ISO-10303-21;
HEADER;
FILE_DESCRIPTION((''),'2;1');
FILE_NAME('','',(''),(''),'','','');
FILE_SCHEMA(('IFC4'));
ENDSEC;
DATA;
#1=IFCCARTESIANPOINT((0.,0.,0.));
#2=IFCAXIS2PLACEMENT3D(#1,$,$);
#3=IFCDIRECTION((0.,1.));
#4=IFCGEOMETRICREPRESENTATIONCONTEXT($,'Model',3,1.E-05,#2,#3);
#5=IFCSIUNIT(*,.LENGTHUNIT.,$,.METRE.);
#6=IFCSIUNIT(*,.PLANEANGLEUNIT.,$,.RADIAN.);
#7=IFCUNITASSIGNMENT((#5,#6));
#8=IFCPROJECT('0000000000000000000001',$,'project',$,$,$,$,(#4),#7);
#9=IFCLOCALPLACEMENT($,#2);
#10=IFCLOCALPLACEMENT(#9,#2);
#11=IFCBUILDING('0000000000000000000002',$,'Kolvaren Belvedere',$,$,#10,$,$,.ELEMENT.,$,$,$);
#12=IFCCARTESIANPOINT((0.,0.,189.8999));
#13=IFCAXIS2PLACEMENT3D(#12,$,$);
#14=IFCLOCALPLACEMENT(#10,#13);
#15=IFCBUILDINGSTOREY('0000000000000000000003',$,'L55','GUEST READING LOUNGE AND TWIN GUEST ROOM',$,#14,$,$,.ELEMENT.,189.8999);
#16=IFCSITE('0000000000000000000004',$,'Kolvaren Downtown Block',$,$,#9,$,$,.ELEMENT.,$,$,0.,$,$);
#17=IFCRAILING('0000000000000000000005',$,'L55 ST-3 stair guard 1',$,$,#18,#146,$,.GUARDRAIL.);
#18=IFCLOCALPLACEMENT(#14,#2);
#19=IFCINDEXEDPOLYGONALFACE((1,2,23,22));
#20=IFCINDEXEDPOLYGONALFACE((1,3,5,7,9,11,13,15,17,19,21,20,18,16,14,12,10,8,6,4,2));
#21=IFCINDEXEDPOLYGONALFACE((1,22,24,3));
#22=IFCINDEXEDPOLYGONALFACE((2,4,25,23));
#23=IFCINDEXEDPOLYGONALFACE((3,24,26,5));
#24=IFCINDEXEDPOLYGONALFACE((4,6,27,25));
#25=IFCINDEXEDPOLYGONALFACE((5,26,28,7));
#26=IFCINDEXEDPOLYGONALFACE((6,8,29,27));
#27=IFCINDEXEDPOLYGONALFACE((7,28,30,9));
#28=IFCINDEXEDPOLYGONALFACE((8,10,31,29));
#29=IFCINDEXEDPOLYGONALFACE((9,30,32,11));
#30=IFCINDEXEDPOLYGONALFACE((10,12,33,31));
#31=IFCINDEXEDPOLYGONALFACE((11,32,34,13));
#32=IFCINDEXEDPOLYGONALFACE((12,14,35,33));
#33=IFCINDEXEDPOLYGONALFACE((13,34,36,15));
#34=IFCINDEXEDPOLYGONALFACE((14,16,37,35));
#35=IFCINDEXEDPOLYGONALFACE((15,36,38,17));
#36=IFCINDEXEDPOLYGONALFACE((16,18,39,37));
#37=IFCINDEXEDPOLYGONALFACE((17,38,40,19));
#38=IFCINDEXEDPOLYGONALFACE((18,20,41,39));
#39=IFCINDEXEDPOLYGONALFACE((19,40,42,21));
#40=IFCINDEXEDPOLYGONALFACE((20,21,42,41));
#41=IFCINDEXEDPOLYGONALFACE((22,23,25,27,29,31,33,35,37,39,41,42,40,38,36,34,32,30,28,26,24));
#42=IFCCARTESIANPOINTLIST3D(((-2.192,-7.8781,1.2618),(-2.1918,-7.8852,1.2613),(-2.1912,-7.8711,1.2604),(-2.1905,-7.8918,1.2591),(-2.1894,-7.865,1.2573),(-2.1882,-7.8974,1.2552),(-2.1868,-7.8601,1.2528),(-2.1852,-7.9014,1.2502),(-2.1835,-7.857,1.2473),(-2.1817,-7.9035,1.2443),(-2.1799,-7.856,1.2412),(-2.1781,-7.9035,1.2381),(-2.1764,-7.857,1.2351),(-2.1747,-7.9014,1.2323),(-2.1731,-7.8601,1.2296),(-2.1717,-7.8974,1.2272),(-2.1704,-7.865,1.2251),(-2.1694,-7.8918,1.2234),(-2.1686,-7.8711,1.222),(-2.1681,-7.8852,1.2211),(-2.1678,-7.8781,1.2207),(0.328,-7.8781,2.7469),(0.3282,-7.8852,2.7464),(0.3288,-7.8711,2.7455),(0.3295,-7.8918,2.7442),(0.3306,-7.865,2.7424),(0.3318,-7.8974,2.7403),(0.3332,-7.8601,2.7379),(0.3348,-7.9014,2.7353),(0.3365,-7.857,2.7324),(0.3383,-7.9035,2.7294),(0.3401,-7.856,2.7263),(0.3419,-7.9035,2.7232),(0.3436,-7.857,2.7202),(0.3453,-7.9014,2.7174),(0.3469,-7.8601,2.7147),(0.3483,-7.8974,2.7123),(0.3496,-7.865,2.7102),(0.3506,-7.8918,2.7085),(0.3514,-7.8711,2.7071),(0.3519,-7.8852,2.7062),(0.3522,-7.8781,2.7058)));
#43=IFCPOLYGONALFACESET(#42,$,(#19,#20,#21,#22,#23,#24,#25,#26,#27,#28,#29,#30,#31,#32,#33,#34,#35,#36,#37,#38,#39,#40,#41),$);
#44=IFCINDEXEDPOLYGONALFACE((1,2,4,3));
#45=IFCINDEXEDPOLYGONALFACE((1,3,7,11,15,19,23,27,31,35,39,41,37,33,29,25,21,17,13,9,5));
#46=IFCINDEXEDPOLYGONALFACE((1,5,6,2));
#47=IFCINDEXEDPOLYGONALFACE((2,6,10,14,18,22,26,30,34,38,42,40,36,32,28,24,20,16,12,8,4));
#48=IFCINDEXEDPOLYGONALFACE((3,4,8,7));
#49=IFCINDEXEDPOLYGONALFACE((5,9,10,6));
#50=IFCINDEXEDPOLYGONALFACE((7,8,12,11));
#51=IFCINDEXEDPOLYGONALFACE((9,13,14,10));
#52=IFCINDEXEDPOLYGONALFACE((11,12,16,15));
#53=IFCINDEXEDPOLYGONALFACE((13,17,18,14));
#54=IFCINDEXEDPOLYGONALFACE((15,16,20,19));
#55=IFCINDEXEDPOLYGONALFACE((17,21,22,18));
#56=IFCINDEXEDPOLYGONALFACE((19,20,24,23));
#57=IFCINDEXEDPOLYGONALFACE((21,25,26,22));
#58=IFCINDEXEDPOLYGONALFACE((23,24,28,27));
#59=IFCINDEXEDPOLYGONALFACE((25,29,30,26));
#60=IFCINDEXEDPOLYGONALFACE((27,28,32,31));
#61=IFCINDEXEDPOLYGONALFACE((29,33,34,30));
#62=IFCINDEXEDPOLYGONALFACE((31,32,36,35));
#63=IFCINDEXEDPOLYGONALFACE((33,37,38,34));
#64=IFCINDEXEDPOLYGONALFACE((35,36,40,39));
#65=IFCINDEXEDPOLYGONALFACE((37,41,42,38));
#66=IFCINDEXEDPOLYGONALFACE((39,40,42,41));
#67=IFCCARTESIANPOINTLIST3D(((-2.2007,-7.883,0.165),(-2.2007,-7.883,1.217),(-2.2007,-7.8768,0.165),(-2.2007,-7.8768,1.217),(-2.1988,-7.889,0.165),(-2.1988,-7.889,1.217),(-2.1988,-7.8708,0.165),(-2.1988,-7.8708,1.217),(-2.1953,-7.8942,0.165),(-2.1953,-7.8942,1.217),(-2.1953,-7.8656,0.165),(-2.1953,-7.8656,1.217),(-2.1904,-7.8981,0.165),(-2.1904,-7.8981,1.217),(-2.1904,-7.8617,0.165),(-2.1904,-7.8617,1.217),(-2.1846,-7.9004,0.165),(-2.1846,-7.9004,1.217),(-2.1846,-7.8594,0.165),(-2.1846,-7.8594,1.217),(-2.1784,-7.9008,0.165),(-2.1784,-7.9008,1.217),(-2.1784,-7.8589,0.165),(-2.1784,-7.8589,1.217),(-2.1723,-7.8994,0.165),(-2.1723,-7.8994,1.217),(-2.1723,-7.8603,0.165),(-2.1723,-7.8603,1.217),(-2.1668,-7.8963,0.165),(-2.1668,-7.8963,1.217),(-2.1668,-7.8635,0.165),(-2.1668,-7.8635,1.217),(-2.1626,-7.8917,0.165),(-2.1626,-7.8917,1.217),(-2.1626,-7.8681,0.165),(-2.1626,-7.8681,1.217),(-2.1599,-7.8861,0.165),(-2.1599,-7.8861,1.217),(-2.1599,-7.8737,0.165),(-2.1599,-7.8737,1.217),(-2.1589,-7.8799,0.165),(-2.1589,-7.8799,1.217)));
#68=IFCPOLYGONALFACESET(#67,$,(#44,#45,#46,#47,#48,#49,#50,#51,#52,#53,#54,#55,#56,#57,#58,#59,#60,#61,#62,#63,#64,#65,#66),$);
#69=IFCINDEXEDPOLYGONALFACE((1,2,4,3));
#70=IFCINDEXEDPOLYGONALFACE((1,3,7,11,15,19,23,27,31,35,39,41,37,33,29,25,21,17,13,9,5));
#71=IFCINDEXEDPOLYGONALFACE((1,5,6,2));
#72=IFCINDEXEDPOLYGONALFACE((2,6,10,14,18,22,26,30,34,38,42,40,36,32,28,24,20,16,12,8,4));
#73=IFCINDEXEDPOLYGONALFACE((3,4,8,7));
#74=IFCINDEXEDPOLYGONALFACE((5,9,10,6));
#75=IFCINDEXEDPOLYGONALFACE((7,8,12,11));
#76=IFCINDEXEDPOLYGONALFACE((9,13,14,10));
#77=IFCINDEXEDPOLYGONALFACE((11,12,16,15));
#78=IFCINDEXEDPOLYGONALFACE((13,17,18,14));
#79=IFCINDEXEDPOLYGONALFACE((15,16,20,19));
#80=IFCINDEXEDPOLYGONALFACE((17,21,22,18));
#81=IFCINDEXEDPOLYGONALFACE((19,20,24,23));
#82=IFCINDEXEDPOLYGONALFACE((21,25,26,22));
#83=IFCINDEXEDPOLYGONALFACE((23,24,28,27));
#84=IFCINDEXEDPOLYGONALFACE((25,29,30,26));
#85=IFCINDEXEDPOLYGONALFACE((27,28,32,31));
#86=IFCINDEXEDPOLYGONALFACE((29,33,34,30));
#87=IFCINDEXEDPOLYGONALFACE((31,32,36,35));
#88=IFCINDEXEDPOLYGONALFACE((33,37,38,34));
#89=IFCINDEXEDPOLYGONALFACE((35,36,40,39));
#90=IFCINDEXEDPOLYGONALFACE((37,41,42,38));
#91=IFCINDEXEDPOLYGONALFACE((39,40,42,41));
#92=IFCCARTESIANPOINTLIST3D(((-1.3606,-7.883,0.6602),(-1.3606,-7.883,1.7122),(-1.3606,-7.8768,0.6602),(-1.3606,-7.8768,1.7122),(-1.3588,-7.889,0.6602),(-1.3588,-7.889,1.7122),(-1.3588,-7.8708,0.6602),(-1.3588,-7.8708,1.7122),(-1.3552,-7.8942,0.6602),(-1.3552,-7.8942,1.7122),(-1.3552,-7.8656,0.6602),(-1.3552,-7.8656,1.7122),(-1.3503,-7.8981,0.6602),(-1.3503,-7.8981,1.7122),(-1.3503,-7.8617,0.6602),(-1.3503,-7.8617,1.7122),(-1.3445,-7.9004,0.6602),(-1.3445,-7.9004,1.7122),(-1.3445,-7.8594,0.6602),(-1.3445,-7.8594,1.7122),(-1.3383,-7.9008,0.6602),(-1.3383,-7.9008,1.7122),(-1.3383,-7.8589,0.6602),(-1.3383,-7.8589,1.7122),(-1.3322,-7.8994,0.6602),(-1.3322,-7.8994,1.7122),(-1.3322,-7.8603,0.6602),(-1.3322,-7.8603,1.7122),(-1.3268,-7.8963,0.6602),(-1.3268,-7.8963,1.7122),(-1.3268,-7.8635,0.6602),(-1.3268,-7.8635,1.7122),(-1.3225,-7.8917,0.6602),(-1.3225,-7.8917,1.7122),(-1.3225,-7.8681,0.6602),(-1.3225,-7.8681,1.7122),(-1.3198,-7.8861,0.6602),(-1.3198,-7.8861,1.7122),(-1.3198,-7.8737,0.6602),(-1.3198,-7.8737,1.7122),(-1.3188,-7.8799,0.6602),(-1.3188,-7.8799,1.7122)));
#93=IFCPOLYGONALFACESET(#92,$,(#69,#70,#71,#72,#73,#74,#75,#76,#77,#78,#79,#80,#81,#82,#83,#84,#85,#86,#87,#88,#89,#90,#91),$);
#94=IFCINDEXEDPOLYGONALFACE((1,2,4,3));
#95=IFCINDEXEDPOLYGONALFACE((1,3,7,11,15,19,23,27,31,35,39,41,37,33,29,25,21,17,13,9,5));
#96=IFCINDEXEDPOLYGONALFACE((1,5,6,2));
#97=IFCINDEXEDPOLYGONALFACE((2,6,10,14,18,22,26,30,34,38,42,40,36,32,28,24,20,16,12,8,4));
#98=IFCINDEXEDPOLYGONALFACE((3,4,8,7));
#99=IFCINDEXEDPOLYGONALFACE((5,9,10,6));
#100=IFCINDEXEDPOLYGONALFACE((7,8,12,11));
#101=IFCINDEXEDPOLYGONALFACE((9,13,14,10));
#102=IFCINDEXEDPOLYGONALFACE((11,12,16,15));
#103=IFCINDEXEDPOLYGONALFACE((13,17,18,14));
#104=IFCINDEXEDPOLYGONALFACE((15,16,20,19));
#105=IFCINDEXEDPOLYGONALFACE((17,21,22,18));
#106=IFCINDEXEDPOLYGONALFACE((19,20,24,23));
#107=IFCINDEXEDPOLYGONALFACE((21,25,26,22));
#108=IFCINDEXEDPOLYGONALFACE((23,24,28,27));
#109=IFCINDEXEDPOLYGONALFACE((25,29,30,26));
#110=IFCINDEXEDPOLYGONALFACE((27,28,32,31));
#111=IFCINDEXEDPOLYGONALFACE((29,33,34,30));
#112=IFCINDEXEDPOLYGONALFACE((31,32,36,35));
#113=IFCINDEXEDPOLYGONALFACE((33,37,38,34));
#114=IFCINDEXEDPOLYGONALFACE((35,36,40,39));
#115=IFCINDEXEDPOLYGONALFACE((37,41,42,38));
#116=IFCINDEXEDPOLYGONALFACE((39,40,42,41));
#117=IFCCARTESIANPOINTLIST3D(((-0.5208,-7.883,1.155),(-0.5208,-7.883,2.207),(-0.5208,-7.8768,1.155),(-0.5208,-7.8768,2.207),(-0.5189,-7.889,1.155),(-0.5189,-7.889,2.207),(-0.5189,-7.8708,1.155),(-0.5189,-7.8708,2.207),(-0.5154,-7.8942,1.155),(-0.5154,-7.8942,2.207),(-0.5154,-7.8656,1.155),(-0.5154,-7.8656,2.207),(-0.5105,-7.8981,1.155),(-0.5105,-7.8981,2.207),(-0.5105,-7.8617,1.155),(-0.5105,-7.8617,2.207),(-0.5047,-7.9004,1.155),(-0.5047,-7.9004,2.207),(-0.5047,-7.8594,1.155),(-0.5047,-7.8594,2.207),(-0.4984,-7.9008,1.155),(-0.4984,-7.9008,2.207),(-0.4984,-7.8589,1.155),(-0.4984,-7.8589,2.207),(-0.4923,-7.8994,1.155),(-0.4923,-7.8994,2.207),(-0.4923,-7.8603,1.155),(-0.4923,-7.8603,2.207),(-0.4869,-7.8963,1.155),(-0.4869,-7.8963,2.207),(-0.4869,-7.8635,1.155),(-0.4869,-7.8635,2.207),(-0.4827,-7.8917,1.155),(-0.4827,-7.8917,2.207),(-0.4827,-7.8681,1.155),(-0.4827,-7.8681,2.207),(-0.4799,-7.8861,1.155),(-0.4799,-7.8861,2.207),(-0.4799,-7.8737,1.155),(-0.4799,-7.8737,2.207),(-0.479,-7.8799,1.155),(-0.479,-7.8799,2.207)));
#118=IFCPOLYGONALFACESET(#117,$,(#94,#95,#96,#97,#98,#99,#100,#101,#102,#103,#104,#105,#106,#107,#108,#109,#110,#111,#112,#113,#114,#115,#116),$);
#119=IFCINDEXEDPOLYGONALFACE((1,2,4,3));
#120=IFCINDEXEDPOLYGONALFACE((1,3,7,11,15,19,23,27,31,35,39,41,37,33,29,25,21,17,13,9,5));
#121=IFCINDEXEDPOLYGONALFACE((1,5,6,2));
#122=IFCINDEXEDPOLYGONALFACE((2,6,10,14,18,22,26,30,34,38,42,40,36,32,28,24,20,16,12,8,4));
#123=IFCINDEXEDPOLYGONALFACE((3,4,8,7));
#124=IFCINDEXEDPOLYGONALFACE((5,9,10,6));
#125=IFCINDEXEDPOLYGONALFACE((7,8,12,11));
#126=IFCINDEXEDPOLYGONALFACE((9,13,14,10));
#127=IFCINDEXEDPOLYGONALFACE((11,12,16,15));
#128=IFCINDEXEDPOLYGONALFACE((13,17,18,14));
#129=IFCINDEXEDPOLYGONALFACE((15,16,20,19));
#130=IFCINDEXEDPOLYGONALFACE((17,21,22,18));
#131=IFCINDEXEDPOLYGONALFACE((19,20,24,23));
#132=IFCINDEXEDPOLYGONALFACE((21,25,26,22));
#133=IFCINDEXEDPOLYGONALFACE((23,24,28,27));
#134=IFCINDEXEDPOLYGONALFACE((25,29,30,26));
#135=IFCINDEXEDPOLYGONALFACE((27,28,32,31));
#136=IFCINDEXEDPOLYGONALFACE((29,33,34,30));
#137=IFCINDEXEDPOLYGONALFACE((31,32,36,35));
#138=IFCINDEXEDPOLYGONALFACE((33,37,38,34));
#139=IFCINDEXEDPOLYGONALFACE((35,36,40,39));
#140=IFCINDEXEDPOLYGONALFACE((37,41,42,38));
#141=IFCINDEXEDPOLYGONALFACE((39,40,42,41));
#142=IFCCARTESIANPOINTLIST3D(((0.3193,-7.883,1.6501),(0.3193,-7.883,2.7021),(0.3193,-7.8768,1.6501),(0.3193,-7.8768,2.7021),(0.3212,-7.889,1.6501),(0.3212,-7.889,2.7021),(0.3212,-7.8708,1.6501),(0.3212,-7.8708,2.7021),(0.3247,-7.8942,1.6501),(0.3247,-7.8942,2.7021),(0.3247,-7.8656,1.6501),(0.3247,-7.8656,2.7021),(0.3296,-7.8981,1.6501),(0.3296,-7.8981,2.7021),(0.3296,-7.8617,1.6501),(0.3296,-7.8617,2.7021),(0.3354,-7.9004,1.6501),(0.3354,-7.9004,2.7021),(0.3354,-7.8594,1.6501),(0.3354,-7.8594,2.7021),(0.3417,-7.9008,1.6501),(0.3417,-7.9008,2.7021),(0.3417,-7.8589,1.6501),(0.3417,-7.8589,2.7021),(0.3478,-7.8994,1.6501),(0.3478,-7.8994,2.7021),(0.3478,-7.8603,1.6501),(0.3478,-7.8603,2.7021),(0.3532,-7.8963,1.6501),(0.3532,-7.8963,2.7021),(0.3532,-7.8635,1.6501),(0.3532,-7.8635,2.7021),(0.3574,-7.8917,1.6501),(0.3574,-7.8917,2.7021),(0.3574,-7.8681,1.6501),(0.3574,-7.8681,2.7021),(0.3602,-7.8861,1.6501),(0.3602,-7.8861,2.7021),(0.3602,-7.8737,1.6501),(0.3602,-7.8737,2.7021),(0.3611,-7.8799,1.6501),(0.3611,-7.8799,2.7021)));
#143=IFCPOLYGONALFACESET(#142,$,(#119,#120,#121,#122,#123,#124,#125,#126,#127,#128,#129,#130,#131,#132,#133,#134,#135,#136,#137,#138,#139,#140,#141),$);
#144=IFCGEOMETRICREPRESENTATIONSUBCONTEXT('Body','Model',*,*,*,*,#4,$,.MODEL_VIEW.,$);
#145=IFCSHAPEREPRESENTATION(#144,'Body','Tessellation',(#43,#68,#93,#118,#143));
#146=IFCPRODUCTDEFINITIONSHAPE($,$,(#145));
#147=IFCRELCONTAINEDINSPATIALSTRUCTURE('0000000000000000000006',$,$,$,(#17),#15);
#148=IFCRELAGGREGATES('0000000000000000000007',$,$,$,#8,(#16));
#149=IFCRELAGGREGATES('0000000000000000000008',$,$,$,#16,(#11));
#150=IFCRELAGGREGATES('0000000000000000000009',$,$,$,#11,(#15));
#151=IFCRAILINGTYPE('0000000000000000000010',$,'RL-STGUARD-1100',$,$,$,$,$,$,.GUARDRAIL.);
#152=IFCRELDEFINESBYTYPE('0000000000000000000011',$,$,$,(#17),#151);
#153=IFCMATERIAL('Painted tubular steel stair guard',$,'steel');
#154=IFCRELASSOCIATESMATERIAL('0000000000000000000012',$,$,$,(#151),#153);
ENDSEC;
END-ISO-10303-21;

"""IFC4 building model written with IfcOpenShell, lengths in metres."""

from ifc_helpers import new_model, si_unit, direction, frame, origin, origin_2d, place, context, subcontext, project, spatial, circle, extrude, material, type_object, element, save


model = new_model("IFC4")

# Units and contexts
model_context = context("Model", 3, precision=1e-05, world=origin(), true_north=direction((0.0, 1.0)))
body_context = subcontext(model_context, "Body", "Model", "MODEL_VIEW")
ifc_project = project(units=[si_unit("LENGTHUNIT", "METRE"), si_unit("PLANEANGLEUNIT", "RADIAN")], contexts=[model_context])

# Site, building, storey
site_placement = place(None, origin())
site = spatial("IfcSite", under=ifc_project, at=site_placement, Name="Kolvaren Downtown Block", CompositionType="ELEMENT", RefElevation=0.0)
building_placement = place(site_placement, origin())
building = spatial("IfcBuilding", under=site, at=building_placement, Name="Kolvaren Belvedere", CompositionType="ELEMENT")
storey_placement = place(building_placement, frame((0.0, 0.0, 189.8999)))
storey = spatial("IfcBuildingStorey", under=building, at=storey_placement, Name="L55", Description="GUEST READING LOUNGE AND TWIN GUEST ROOM", CompositionType="ELEMENT", Elevation=189.8999)

# Railing
ifc_material_1 = material(Name="Painted tubular steel stair guard", Category="steel")
railing_type_1 = type_object("IfcRailingType", Name="RL-STGUARD-1100", PredefinedType="GUARDRAIL", material=ifc_material_1)
railing_1_placement = place(storey_placement, frame((-2.1799, -7.8799, 0.165)))
element("IfcRailing", 1, at=railing_1_placement, inside=storey, type_object=railing_type_1, Name="L55 ST-3 stair guard 1", PredefinedType="GUARDRAIL", context=body_context, shape_type="SweptSolid", body=[
    extrude(circle(Radius=0.0239, at=origin_2d()), frame((0.0, 0.0, 1.0762), z_axis=(0.861524, 0.0, 0.507717), x_axis=(0.0, 1.0, 0.0)), (0.0, 0.0, 1.0), 2.925),
    extrude(circle(Radius=0.021, at=origin_2d()), origin(), (0.0, 0.0, 1.0), 1.052),
    extrude(circle(Radius=0.021, at=origin_2d()), frame((0.8401, 0.0, 0.4951)), (0.0, 0.0, 1.0), 1.052),
    extrude(circle(Radius=0.021, at=origin_2d()), frame((1.6799, 0.0, 0.99)), (0.0, 0.0, 1.0), 1.052),
    extrude(circle(Radius=0.021, at=origin_2d()), frame((2.52, 0.0, 1.4851)), (0.0, 0.0, 1.0), 1.052),
])

save(model, "model.ifc")
